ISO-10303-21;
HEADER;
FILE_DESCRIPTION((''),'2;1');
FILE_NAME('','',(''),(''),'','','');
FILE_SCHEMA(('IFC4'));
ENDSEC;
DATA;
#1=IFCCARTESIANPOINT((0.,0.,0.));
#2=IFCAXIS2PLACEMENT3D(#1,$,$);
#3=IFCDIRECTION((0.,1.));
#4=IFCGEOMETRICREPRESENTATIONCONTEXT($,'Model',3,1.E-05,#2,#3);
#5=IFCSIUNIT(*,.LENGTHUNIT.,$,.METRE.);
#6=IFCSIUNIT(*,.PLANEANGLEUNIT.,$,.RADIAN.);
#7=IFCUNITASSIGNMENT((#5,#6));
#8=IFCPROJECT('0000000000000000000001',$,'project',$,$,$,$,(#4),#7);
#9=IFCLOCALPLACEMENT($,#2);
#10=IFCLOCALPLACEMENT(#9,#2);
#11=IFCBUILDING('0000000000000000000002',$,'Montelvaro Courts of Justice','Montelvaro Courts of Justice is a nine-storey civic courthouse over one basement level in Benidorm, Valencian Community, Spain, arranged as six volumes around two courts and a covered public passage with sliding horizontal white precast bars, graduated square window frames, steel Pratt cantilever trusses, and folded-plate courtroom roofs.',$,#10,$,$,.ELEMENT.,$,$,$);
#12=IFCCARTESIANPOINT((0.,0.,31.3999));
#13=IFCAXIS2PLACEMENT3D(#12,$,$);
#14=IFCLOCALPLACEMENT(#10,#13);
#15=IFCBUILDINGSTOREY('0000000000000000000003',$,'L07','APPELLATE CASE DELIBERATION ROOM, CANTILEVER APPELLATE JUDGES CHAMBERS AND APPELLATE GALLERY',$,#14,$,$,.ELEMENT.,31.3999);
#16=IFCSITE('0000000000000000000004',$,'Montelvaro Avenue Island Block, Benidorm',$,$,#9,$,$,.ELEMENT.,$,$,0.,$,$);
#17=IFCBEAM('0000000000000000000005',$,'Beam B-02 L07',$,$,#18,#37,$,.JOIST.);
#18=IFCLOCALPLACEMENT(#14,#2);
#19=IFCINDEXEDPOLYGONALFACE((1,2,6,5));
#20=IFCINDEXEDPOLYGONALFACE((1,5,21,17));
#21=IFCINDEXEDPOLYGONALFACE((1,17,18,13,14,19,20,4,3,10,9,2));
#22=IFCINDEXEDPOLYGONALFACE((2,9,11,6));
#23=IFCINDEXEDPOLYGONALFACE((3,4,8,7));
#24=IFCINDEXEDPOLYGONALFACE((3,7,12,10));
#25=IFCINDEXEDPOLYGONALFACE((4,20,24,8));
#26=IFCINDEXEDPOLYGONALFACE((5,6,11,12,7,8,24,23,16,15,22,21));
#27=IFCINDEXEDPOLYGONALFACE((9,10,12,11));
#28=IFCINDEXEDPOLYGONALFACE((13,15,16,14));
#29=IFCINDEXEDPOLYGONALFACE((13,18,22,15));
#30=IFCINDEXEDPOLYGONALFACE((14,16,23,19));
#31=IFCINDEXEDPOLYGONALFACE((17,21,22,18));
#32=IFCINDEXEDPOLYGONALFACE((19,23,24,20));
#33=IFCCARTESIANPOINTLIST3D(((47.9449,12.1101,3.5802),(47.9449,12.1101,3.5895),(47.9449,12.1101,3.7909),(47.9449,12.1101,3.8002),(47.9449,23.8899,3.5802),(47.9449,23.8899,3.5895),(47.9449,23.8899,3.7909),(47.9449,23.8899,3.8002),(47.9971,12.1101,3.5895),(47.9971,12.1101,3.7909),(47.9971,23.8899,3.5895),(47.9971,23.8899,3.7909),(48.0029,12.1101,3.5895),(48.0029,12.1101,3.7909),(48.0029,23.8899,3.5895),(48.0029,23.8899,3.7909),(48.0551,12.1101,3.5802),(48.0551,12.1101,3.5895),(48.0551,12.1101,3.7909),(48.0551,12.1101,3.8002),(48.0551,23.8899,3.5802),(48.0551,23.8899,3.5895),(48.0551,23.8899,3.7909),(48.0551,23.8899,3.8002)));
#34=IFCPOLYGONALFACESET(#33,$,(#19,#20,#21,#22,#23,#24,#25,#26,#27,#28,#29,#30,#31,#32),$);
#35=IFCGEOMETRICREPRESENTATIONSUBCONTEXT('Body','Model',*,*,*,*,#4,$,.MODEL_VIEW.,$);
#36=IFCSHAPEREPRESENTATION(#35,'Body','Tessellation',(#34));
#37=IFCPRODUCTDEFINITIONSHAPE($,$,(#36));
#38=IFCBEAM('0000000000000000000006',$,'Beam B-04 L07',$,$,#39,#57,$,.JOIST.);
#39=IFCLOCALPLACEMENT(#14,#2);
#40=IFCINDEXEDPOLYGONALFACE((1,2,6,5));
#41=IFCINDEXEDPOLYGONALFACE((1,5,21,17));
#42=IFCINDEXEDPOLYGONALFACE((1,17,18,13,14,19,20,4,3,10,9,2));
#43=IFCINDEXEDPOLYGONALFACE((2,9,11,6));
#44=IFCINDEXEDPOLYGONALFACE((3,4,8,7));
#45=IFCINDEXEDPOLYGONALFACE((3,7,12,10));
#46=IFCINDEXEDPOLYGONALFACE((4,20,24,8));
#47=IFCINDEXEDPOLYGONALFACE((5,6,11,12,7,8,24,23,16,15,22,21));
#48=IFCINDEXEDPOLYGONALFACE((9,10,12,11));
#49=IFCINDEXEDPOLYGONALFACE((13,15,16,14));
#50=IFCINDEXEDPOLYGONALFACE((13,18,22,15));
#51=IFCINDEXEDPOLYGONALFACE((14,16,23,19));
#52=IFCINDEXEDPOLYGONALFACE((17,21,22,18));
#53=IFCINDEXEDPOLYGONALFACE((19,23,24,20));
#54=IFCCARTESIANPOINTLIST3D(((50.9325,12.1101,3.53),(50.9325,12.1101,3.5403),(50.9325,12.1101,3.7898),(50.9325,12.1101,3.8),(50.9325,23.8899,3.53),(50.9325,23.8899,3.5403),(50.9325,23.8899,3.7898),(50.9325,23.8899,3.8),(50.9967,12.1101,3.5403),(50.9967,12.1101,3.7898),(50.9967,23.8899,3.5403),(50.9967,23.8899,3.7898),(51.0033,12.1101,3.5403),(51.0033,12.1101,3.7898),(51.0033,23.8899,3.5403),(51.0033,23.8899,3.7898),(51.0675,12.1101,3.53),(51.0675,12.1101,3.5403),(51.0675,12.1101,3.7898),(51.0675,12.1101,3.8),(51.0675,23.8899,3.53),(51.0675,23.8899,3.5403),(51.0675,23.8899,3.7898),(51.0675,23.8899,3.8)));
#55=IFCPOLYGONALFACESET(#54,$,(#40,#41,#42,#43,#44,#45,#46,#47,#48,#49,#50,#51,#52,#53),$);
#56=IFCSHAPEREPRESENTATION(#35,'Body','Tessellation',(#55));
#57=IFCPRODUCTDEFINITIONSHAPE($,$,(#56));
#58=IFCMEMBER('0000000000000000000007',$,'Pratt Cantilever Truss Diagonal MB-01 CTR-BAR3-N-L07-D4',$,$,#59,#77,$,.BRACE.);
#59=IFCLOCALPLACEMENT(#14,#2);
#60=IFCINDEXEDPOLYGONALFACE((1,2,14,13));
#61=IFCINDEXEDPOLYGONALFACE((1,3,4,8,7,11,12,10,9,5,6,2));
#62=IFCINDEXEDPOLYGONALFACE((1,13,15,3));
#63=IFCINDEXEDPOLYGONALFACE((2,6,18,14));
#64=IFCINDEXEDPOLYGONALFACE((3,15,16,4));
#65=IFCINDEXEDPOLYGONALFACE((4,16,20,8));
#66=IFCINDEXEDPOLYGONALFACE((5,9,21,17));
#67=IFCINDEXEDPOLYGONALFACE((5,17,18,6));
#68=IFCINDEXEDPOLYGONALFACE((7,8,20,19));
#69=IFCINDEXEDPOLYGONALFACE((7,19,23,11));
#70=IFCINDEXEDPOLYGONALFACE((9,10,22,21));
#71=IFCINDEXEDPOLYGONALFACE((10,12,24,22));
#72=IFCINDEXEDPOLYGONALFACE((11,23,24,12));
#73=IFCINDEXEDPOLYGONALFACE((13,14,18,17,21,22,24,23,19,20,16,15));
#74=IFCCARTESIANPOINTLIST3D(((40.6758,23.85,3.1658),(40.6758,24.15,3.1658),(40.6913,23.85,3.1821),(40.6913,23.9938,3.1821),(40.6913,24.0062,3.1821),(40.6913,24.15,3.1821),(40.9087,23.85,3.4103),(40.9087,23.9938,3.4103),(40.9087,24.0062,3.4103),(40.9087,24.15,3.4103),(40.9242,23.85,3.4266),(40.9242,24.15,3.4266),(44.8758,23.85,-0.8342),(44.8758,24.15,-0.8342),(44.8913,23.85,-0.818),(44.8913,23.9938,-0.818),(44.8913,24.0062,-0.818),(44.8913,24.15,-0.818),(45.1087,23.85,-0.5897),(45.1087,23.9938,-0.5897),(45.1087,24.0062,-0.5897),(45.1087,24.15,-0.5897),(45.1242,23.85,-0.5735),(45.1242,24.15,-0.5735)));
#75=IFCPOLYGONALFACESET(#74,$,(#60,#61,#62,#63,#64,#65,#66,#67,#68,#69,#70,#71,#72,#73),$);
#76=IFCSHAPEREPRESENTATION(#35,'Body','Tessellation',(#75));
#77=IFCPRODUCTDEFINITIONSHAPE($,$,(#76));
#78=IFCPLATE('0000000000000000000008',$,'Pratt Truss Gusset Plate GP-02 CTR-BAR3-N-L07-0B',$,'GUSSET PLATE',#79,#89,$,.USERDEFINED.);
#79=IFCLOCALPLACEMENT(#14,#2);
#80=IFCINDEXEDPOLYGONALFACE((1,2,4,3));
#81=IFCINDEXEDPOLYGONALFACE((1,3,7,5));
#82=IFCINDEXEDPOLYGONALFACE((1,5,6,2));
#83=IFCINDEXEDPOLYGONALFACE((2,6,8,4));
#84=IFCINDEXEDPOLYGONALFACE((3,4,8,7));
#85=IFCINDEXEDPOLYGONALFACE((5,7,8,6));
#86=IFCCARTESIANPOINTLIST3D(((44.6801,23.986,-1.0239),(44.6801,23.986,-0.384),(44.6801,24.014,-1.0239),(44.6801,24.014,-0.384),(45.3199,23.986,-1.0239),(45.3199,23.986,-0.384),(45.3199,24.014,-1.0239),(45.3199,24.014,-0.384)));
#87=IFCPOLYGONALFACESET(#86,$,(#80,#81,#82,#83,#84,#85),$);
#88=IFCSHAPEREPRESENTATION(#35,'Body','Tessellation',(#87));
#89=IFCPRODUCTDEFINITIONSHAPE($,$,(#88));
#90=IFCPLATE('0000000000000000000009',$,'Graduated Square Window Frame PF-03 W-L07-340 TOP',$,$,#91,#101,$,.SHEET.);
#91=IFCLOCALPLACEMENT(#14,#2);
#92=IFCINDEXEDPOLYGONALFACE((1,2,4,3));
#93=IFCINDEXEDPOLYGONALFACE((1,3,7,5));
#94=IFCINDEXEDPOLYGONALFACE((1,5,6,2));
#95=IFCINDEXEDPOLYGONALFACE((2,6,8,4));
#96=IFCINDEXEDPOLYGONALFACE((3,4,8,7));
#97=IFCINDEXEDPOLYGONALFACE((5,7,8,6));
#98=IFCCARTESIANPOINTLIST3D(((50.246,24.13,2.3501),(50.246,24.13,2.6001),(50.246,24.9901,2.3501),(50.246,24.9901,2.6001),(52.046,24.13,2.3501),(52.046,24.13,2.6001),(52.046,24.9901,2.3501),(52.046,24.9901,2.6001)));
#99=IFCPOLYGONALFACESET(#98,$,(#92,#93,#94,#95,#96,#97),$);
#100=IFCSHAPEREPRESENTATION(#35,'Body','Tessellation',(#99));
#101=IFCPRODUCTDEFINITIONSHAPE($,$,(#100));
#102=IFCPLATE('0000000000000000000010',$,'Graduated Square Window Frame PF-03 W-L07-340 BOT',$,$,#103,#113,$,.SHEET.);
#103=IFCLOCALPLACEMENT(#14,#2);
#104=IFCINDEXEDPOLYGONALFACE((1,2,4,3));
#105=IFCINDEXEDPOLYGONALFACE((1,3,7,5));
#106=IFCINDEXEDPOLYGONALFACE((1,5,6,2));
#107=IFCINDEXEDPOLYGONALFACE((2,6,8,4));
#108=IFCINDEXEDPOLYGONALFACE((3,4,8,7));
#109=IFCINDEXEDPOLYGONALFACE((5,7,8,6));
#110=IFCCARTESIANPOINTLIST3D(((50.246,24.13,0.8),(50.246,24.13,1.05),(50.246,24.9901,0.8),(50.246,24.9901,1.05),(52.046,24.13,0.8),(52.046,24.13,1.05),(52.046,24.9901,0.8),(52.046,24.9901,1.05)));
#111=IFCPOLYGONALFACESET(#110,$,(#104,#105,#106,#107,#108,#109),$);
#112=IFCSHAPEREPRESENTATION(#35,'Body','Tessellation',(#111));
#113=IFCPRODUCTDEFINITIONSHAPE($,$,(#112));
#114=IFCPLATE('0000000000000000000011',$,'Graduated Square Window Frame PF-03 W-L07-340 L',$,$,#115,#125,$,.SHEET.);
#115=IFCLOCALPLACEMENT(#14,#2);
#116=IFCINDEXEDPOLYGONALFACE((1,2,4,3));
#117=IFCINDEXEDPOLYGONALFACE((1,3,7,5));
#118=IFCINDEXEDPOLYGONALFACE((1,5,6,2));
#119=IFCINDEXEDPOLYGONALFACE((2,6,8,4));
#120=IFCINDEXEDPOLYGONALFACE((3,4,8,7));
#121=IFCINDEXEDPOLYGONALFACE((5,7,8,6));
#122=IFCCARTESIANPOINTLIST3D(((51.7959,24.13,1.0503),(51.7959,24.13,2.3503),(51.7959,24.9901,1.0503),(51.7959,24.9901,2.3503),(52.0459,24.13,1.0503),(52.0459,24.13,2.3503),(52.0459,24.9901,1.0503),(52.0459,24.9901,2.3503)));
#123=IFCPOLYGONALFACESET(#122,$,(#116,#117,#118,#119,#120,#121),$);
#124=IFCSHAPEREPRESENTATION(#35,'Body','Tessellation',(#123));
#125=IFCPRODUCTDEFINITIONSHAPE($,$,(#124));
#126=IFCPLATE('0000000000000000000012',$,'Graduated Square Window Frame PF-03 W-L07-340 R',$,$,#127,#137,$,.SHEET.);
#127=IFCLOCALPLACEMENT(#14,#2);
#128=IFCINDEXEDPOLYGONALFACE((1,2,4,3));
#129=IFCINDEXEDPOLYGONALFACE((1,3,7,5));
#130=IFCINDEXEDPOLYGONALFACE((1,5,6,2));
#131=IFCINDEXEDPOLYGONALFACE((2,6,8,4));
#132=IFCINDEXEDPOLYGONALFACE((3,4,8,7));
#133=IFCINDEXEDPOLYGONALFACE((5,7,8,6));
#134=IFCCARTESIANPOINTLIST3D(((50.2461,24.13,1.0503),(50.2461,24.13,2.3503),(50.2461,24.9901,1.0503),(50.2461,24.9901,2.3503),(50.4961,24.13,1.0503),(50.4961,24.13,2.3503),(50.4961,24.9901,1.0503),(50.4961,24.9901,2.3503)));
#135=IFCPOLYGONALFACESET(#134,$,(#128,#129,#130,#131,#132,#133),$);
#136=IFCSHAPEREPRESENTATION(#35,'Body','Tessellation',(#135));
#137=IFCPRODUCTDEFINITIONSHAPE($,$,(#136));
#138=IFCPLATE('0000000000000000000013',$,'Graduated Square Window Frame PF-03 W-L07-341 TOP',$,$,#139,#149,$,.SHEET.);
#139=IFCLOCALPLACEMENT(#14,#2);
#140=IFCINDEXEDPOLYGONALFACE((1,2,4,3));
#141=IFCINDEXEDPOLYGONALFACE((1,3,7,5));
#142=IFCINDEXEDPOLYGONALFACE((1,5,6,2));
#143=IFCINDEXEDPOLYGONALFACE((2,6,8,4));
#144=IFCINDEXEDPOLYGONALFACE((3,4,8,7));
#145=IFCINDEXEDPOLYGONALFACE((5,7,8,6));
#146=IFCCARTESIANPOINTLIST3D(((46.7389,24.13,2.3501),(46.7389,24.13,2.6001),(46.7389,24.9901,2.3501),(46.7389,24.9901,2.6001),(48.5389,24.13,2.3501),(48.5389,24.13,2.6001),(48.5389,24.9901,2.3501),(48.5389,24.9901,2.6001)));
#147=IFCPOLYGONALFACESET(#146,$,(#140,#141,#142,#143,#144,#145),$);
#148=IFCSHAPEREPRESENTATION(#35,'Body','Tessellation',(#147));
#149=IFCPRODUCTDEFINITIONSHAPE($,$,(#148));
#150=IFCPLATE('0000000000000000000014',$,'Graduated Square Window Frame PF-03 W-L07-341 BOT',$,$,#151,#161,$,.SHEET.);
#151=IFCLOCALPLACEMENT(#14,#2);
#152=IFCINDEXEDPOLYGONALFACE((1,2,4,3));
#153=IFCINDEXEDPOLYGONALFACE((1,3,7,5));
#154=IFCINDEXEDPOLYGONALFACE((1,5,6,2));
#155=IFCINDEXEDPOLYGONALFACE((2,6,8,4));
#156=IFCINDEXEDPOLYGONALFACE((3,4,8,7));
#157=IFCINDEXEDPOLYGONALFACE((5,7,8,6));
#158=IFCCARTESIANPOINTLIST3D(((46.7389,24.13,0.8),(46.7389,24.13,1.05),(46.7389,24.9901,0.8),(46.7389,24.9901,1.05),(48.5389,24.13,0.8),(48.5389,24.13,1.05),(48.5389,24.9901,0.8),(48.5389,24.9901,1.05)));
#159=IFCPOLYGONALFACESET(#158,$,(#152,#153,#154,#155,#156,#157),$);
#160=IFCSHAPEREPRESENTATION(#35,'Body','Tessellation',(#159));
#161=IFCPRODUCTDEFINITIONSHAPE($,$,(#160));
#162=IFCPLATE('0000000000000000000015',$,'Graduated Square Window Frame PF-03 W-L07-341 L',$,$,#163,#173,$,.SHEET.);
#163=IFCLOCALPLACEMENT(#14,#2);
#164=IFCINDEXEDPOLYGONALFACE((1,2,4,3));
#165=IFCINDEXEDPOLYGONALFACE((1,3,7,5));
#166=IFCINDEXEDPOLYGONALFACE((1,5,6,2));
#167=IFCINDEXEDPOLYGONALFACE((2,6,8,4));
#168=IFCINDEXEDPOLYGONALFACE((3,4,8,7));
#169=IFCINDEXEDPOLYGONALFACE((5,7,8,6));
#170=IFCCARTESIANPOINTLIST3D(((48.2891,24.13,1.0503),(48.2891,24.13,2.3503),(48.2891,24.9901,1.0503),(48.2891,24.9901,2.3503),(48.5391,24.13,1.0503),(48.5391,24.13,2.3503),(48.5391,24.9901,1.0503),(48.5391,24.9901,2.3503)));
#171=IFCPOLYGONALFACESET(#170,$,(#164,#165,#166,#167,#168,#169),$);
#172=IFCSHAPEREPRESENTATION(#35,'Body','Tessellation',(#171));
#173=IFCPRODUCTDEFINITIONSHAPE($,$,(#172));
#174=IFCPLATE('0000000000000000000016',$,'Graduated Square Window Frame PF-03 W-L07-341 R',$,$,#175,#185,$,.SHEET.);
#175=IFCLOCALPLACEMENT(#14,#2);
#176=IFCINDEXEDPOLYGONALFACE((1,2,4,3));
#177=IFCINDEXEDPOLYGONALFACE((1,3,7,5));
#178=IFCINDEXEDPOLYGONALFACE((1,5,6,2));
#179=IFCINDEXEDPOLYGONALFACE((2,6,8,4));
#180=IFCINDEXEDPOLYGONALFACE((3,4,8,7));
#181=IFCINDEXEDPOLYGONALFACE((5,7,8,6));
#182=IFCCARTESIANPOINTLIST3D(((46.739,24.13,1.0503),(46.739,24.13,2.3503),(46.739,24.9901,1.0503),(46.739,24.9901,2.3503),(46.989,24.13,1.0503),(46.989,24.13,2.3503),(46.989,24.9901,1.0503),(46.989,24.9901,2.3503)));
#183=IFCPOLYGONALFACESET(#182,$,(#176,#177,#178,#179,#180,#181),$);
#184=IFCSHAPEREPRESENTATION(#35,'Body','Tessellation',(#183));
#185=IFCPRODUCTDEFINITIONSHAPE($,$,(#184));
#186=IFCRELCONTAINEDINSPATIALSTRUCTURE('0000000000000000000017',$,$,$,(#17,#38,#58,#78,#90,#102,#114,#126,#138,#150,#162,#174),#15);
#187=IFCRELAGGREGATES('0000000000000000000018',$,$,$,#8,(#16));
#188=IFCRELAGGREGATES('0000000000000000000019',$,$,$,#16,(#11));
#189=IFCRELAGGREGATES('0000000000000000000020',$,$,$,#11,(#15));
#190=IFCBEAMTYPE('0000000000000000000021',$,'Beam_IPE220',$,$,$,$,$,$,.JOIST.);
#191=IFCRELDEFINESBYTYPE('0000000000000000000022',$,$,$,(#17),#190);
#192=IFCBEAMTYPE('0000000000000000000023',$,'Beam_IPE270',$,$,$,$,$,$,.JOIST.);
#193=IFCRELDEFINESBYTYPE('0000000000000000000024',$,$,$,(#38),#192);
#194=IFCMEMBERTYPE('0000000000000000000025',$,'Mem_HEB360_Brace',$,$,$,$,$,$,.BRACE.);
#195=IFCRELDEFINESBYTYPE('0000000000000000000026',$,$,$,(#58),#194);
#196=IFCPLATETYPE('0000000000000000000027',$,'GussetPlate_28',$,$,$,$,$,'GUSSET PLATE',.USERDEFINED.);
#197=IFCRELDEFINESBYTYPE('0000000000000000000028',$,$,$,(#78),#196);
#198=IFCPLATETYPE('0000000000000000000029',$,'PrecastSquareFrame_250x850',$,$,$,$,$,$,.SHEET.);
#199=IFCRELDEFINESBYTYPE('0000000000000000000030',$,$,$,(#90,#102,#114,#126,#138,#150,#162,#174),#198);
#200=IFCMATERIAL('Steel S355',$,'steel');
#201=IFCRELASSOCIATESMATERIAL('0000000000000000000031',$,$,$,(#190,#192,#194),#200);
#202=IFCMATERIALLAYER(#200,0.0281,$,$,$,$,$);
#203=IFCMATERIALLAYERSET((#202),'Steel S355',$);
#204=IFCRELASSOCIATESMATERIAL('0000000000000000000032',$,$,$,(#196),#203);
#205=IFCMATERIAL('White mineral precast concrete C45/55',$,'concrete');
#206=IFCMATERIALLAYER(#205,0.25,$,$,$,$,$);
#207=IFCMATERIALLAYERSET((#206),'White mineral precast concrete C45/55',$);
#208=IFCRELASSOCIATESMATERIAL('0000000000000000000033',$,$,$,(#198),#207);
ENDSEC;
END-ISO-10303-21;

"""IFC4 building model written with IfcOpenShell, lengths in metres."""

from ifc_helpers import new_model, si_unit, direction, frame, origin, origin_2d, place, context, subcontext, project, spatial, rectangle, i_section, extrude, material, layer, layer_set, material_profile, profile_set, type_object, element, save


model = new_model("IFC4")

# Units and contexts
model_context = context("Model", 3, precision=1e-05, world=origin(), true_north=direction((0.0, 1.0)))
body_context = subcontext(model_context, "Body", "Model", "MODEL_VIEW")
ifc_project = project(units=[si_unit("LENGTHUNIT", "METRE"), si_unit("PLANEANGLEUNIT", "RADIAN")], contexts=[model_context])

# Site, building, storey
site_placement = place(None, origin())
site = spatial("IfcSite", under=ifc_project, at=site_placement, Name="Montelvaro Avenue Island Block, Benidorm", CompositionType="ELEMENT", RefElevation=0.0)
building_placement = place(site_placement, origin())
building = spatial("IfcBuilding", under=site, at=building_placement, Name="Montelvaro Courts of Justice", Description="Montelvaro Courts of Justice is a nine-storey civic courthouse over one basement level in Benidorm, Valencian Community, Spain, arranged as six volumes around two courts and a covered public passage with sliding horizontal white precast bars, graduated square window frames, steel Pratt cantilever trusses, and folded-plate courtroom roofs.", CompositionType="ELEMENT")
storey_placement = place(building_placement, frame((0.0, 0.0, 31.3999)))
storey = spatial("IfcBuildingStorey", under=building, at=storey_placement, Name="L07", Description="APPELLATE CASE DELIBERATION ROOM, CANTILEVER APPELLATE JUDGES CHAMBERS AND APPELLATE GALLERY", CompositionType="ELEMENT", Elevation=31.3999)

# Shared definitions
ifc_material_1 = material(Name="Steel S355", Category="steel")

# Beams
ifc_material_profile_1 = material_profile(ifc_material_1, i_section(OverallWidth=0.1101, OverallDepth=0.22, WebThickness=0.0059, FlangeThickness=0.0093, at=origin_2d()), Name="IPE 220")
ifc_profile_set_1 = profile_set([ifc_material_profile_1], Name="Steel S355")
beam_type_1 = type_object("IfcBeamType", Name="Beam_IPE220", PredefinedType="JOIST", material=ifc_profile_set_1)
beam_1_placement = place(storey_placement, frame((48.0, 12.1101, 3.6902), z_axis=(0.0, 1.0, 0.0), x_axis=(-1.0, 0.0, 0.0)))
element("IfcBeam", 1, at=beam_1_placement, inside=storey, type_object=beam_type_1, Name="Beam B-02 L07", PredefinedType="JOIST", context=body_context, shape_type="SweptSolid", body=[
    extrude(i_section(OverallWidth=0.1101, OverallDepth=0.22, WebThickness=0.0059, FlangeThickness=0.0093, at=origin_2d()), origin(), (0.0, 0.0, 1.0), 11.7798),
])
ifc_material_profile_2 = material_profile(ifc_material_1, i_section(OverallWidth=0.135, OverallDepth=0.27, WebThickness=0.0066, FlangeThickness=0.0103, at=origin_2d()), Name="IPE 270")
ifc_profile_set_2 = profile_set([ifc_material_profile_2], Name="Steel S355")
beam_type_2 = type_object("IfcBeamType", Name="Beam_IPE270", PredefinedType="JOIST", material=ifc_profile_set_2)
beam_2_placement = place(storey_placement, frame((51.0, 12.1101, 3.665), z_axis=(0.0, 1.0, 0.0), x_axis=(-1.0, 0.0, 0.0)))
element("IfcBeam", 2, at=beam_2_placement, inside=storey, type_object=beam_type_2, Name="Beam B-04 L07", PredefinedType="JOIST", context=body_context, shape_type="SweptSolid", body=[
    extrude(i_section(OverallWidth=0.135, OverallDepth=0.27, WebThickness=0.0066, FlangeThickness=0.0103, at=origin_2d()), origin(), (0.0, 0.0, 1.0), 11.7798),
])

# Member
ifc_material_profile_3 = material_profile(ifc_material_1, i_section(OverallWidth=0.3, OverallDepth=0.3601, WebThickness=0.0125, FlangeThickness=0.0225, at=origin_2d()), Name="HEB 360")
ifc_profile_set_3 = profile_set([ifc_material_profile_3], Name="Steel S355")
member_type = type_object("IfcMemberType", Name="Mem_HEB360_Brace", PredefinedType="BRACE", material=ifc_profile_set_3)
member_placement = place(storey_placement, frame((45.0, 24.0, -0.7039), z_axis=(-0.724134, 0.0, 0.689659), x_axis=(0.0, -1.0, 0.0)))
element("IfcMember", 3, at=member_placement, inside=storey, type_object=member_type, Name="Pratt Cantilever Truss Diagonal MB-01 CTR-BAR3-N-L07-D4", PredefinedType="BRACE", context=body_context, shape_type="SweptSolid", body=[
    extrude(i_section(OverallWidth=0.3, OverallDepth=0.3601, WebThickness=0.0125, FlangeThickness=0.0225, at=origin_2d()), origin(), (0.0, 0.0, 1.0), 5.8),
])

# Plates
ifc_layer_1 = layer(ifc_material_1, 0.0281)
ifc_layer_set_1 = layer_set([ifc_layer_1], Name="Steel S355")
plate_type_1 = type_object("IfcPlateType", Name="GussetPlate_28", ElementType="GUSSET PLATE", PredefinedType="USERDEFINED", material=ifc_layer_set_1)
plate_placement = place(storey_placement, frame((45.0, 24.0, -1.0239), z_axis=(0.0, 0.0, 1.0), x_axis=(1.0, 0.0, 0.0)))
element("IfcPlate", 4, at=plate_placement, inside=storey, type_object=plate_type_1, Name="Pratt Truss Gusset Plate GP-02 CTR-BAR3-N-L07-0B", ObjectType="GUSSET PLATE", PredefinedType="USERDEFINED", context=body_context, shape_type="SweptSolid", body=[
    extrude(rectangle(XDim=0.6399, YDim=0.0281, at=origin_2d()), origin(), (0.0, 0.0, 1.0), 0.6399),
])
ifc_material_2 = material(Name="White mineral precast concrete C45/55", Category="concrete")
ifc_layer_2 = layer(ifc_material_2, 0.25)
ifc_layer_set_2 = layer_set([ifc_layer_2], Name="White mineral precast concrete C45/55")
plate_type_2 = type_object("IfcPlateType", Name="PrecastSquareFrame_250x850", PredefinedType="SHEET", material=ifc_layer_set_2)
for number, where, z_axis, x_axis, name in (
    (5, (51.146, 24.5601, 2.3501), (0.0, 0.0, 1.0), (-1.0, 0.0, 0.0), "Graduated Square Window Frame PF-03 W-L07-340 TOP"),
    (6, (51.146, 24.5601, 0.8), (0.0, 0.0, 1.0), (-1.0, 0.0, 0.0), "Graduated Square Window Frame PF-03 W-L07-340 BOT"),
):
    element("IfcPlate", number, at=place(storey_placement, frame(where, z_axis=z_axis, x_axis=x_axis)), inside=storey, type_object=plate_type_2, Name=name, PredefinedType="SHEET", context=body_context, shape_type="SweptSolid", body=[
        extrude(rectangle(XDim=1.8, YDim=0.8601, at=origin_2d()), origin(), (0.0, 0.0, 1.0), 0.25),
    ])
for number, where, z_axis, x_axis, name in (
    (7, (51.9209, 24.5601, 1.0503), (0.0, 0.0, 1.0), (-1.0, 0.0, 0.0), "Graduated Square Window Frame PF-03 W-L07-340 L"),
    (8, (50.3711, 24.5601, 1.0503), (0.0, 0.0, 1.0), (-1.0, 0.0, 0.0), "Graduated Square Window Frame PF-03 W-L07-340 R"),
):
    element("IfcPlate", number, at=place(storey_placement, frame(where, z_axis=z_axis, x_axis=x_axis)), inside=storey, type_object=plate_type_2, Name=name, PredefinedType="SHEET", context=body_context, shape_type="SweptSolid", body=[
        extrude(rectangle(XDim=0.25, YDim=0.8601, at=origin_2d()), origin(), (0.0, 0.0, 1.0), 1.3),
    ])
for number, where, z_axis, x_axis, name in (
    (9, (47.6389, 24.5601, 2.3501), (0.0, 0.0, 1.0), (-1.0, 0.0, 0.0), "Graduated Square Window Frame PF-03 W-L07-341 TOP"),
    (10, (47.6389, 24.5601, 0.8), (0.0, 0.0, 1.0), (-1.0, 0.0, 0.0), "Graduated Square Window Frame PF-03 W-L07-341 BOT"),
):
    element("IfcPlate", number, at=place(storey_placement, frame(where, z_axis=z_axis, x_axis=x_axis)), inside=storey, type_object=plate_type_2, Name=name, PredefinedType="SHEET", context=body_context, shape_type="SweptSolid", body=[
        extrude(rectangle(XDim=1.8, YDim=0.8601, at=origin_2d()), origin(), (0.0, 0.0, 1.0), 0.25),
    ])
for number, where, z_axis, x_axis, name in (
    (11, (48.4141, 24.5601, 1.0503), (0.0, 0.0, 1.0), (-1.0, 0.0, 0.0), "Graduated Square Window Frame PF-03 W-L07-341 L"),
    (12, (46.864, 24.5601, 1.0503), (0.0, 0.0, 1.0), (-1.0, 0.0, 0.0), "Graduated Square Window Frame PF-03 W-L07-341 R"),
):
    element("IfcPlate", number, at=place(storey_placement, frame(where, z_axis=z_axis, x_axis=x_axis)), inside=storey, type_object=plate_type_2, Name=name, PredefinedType="SHEET", context=body_context, shape_type="SweptSolid", body=[
        extrude(rectangle(XDim=0.25, YDim=0.8601, at=origin_2d()), origin(), (0.0, 0.0, 1.0), 1.3),
    ])

save(model, "model.ifc")
